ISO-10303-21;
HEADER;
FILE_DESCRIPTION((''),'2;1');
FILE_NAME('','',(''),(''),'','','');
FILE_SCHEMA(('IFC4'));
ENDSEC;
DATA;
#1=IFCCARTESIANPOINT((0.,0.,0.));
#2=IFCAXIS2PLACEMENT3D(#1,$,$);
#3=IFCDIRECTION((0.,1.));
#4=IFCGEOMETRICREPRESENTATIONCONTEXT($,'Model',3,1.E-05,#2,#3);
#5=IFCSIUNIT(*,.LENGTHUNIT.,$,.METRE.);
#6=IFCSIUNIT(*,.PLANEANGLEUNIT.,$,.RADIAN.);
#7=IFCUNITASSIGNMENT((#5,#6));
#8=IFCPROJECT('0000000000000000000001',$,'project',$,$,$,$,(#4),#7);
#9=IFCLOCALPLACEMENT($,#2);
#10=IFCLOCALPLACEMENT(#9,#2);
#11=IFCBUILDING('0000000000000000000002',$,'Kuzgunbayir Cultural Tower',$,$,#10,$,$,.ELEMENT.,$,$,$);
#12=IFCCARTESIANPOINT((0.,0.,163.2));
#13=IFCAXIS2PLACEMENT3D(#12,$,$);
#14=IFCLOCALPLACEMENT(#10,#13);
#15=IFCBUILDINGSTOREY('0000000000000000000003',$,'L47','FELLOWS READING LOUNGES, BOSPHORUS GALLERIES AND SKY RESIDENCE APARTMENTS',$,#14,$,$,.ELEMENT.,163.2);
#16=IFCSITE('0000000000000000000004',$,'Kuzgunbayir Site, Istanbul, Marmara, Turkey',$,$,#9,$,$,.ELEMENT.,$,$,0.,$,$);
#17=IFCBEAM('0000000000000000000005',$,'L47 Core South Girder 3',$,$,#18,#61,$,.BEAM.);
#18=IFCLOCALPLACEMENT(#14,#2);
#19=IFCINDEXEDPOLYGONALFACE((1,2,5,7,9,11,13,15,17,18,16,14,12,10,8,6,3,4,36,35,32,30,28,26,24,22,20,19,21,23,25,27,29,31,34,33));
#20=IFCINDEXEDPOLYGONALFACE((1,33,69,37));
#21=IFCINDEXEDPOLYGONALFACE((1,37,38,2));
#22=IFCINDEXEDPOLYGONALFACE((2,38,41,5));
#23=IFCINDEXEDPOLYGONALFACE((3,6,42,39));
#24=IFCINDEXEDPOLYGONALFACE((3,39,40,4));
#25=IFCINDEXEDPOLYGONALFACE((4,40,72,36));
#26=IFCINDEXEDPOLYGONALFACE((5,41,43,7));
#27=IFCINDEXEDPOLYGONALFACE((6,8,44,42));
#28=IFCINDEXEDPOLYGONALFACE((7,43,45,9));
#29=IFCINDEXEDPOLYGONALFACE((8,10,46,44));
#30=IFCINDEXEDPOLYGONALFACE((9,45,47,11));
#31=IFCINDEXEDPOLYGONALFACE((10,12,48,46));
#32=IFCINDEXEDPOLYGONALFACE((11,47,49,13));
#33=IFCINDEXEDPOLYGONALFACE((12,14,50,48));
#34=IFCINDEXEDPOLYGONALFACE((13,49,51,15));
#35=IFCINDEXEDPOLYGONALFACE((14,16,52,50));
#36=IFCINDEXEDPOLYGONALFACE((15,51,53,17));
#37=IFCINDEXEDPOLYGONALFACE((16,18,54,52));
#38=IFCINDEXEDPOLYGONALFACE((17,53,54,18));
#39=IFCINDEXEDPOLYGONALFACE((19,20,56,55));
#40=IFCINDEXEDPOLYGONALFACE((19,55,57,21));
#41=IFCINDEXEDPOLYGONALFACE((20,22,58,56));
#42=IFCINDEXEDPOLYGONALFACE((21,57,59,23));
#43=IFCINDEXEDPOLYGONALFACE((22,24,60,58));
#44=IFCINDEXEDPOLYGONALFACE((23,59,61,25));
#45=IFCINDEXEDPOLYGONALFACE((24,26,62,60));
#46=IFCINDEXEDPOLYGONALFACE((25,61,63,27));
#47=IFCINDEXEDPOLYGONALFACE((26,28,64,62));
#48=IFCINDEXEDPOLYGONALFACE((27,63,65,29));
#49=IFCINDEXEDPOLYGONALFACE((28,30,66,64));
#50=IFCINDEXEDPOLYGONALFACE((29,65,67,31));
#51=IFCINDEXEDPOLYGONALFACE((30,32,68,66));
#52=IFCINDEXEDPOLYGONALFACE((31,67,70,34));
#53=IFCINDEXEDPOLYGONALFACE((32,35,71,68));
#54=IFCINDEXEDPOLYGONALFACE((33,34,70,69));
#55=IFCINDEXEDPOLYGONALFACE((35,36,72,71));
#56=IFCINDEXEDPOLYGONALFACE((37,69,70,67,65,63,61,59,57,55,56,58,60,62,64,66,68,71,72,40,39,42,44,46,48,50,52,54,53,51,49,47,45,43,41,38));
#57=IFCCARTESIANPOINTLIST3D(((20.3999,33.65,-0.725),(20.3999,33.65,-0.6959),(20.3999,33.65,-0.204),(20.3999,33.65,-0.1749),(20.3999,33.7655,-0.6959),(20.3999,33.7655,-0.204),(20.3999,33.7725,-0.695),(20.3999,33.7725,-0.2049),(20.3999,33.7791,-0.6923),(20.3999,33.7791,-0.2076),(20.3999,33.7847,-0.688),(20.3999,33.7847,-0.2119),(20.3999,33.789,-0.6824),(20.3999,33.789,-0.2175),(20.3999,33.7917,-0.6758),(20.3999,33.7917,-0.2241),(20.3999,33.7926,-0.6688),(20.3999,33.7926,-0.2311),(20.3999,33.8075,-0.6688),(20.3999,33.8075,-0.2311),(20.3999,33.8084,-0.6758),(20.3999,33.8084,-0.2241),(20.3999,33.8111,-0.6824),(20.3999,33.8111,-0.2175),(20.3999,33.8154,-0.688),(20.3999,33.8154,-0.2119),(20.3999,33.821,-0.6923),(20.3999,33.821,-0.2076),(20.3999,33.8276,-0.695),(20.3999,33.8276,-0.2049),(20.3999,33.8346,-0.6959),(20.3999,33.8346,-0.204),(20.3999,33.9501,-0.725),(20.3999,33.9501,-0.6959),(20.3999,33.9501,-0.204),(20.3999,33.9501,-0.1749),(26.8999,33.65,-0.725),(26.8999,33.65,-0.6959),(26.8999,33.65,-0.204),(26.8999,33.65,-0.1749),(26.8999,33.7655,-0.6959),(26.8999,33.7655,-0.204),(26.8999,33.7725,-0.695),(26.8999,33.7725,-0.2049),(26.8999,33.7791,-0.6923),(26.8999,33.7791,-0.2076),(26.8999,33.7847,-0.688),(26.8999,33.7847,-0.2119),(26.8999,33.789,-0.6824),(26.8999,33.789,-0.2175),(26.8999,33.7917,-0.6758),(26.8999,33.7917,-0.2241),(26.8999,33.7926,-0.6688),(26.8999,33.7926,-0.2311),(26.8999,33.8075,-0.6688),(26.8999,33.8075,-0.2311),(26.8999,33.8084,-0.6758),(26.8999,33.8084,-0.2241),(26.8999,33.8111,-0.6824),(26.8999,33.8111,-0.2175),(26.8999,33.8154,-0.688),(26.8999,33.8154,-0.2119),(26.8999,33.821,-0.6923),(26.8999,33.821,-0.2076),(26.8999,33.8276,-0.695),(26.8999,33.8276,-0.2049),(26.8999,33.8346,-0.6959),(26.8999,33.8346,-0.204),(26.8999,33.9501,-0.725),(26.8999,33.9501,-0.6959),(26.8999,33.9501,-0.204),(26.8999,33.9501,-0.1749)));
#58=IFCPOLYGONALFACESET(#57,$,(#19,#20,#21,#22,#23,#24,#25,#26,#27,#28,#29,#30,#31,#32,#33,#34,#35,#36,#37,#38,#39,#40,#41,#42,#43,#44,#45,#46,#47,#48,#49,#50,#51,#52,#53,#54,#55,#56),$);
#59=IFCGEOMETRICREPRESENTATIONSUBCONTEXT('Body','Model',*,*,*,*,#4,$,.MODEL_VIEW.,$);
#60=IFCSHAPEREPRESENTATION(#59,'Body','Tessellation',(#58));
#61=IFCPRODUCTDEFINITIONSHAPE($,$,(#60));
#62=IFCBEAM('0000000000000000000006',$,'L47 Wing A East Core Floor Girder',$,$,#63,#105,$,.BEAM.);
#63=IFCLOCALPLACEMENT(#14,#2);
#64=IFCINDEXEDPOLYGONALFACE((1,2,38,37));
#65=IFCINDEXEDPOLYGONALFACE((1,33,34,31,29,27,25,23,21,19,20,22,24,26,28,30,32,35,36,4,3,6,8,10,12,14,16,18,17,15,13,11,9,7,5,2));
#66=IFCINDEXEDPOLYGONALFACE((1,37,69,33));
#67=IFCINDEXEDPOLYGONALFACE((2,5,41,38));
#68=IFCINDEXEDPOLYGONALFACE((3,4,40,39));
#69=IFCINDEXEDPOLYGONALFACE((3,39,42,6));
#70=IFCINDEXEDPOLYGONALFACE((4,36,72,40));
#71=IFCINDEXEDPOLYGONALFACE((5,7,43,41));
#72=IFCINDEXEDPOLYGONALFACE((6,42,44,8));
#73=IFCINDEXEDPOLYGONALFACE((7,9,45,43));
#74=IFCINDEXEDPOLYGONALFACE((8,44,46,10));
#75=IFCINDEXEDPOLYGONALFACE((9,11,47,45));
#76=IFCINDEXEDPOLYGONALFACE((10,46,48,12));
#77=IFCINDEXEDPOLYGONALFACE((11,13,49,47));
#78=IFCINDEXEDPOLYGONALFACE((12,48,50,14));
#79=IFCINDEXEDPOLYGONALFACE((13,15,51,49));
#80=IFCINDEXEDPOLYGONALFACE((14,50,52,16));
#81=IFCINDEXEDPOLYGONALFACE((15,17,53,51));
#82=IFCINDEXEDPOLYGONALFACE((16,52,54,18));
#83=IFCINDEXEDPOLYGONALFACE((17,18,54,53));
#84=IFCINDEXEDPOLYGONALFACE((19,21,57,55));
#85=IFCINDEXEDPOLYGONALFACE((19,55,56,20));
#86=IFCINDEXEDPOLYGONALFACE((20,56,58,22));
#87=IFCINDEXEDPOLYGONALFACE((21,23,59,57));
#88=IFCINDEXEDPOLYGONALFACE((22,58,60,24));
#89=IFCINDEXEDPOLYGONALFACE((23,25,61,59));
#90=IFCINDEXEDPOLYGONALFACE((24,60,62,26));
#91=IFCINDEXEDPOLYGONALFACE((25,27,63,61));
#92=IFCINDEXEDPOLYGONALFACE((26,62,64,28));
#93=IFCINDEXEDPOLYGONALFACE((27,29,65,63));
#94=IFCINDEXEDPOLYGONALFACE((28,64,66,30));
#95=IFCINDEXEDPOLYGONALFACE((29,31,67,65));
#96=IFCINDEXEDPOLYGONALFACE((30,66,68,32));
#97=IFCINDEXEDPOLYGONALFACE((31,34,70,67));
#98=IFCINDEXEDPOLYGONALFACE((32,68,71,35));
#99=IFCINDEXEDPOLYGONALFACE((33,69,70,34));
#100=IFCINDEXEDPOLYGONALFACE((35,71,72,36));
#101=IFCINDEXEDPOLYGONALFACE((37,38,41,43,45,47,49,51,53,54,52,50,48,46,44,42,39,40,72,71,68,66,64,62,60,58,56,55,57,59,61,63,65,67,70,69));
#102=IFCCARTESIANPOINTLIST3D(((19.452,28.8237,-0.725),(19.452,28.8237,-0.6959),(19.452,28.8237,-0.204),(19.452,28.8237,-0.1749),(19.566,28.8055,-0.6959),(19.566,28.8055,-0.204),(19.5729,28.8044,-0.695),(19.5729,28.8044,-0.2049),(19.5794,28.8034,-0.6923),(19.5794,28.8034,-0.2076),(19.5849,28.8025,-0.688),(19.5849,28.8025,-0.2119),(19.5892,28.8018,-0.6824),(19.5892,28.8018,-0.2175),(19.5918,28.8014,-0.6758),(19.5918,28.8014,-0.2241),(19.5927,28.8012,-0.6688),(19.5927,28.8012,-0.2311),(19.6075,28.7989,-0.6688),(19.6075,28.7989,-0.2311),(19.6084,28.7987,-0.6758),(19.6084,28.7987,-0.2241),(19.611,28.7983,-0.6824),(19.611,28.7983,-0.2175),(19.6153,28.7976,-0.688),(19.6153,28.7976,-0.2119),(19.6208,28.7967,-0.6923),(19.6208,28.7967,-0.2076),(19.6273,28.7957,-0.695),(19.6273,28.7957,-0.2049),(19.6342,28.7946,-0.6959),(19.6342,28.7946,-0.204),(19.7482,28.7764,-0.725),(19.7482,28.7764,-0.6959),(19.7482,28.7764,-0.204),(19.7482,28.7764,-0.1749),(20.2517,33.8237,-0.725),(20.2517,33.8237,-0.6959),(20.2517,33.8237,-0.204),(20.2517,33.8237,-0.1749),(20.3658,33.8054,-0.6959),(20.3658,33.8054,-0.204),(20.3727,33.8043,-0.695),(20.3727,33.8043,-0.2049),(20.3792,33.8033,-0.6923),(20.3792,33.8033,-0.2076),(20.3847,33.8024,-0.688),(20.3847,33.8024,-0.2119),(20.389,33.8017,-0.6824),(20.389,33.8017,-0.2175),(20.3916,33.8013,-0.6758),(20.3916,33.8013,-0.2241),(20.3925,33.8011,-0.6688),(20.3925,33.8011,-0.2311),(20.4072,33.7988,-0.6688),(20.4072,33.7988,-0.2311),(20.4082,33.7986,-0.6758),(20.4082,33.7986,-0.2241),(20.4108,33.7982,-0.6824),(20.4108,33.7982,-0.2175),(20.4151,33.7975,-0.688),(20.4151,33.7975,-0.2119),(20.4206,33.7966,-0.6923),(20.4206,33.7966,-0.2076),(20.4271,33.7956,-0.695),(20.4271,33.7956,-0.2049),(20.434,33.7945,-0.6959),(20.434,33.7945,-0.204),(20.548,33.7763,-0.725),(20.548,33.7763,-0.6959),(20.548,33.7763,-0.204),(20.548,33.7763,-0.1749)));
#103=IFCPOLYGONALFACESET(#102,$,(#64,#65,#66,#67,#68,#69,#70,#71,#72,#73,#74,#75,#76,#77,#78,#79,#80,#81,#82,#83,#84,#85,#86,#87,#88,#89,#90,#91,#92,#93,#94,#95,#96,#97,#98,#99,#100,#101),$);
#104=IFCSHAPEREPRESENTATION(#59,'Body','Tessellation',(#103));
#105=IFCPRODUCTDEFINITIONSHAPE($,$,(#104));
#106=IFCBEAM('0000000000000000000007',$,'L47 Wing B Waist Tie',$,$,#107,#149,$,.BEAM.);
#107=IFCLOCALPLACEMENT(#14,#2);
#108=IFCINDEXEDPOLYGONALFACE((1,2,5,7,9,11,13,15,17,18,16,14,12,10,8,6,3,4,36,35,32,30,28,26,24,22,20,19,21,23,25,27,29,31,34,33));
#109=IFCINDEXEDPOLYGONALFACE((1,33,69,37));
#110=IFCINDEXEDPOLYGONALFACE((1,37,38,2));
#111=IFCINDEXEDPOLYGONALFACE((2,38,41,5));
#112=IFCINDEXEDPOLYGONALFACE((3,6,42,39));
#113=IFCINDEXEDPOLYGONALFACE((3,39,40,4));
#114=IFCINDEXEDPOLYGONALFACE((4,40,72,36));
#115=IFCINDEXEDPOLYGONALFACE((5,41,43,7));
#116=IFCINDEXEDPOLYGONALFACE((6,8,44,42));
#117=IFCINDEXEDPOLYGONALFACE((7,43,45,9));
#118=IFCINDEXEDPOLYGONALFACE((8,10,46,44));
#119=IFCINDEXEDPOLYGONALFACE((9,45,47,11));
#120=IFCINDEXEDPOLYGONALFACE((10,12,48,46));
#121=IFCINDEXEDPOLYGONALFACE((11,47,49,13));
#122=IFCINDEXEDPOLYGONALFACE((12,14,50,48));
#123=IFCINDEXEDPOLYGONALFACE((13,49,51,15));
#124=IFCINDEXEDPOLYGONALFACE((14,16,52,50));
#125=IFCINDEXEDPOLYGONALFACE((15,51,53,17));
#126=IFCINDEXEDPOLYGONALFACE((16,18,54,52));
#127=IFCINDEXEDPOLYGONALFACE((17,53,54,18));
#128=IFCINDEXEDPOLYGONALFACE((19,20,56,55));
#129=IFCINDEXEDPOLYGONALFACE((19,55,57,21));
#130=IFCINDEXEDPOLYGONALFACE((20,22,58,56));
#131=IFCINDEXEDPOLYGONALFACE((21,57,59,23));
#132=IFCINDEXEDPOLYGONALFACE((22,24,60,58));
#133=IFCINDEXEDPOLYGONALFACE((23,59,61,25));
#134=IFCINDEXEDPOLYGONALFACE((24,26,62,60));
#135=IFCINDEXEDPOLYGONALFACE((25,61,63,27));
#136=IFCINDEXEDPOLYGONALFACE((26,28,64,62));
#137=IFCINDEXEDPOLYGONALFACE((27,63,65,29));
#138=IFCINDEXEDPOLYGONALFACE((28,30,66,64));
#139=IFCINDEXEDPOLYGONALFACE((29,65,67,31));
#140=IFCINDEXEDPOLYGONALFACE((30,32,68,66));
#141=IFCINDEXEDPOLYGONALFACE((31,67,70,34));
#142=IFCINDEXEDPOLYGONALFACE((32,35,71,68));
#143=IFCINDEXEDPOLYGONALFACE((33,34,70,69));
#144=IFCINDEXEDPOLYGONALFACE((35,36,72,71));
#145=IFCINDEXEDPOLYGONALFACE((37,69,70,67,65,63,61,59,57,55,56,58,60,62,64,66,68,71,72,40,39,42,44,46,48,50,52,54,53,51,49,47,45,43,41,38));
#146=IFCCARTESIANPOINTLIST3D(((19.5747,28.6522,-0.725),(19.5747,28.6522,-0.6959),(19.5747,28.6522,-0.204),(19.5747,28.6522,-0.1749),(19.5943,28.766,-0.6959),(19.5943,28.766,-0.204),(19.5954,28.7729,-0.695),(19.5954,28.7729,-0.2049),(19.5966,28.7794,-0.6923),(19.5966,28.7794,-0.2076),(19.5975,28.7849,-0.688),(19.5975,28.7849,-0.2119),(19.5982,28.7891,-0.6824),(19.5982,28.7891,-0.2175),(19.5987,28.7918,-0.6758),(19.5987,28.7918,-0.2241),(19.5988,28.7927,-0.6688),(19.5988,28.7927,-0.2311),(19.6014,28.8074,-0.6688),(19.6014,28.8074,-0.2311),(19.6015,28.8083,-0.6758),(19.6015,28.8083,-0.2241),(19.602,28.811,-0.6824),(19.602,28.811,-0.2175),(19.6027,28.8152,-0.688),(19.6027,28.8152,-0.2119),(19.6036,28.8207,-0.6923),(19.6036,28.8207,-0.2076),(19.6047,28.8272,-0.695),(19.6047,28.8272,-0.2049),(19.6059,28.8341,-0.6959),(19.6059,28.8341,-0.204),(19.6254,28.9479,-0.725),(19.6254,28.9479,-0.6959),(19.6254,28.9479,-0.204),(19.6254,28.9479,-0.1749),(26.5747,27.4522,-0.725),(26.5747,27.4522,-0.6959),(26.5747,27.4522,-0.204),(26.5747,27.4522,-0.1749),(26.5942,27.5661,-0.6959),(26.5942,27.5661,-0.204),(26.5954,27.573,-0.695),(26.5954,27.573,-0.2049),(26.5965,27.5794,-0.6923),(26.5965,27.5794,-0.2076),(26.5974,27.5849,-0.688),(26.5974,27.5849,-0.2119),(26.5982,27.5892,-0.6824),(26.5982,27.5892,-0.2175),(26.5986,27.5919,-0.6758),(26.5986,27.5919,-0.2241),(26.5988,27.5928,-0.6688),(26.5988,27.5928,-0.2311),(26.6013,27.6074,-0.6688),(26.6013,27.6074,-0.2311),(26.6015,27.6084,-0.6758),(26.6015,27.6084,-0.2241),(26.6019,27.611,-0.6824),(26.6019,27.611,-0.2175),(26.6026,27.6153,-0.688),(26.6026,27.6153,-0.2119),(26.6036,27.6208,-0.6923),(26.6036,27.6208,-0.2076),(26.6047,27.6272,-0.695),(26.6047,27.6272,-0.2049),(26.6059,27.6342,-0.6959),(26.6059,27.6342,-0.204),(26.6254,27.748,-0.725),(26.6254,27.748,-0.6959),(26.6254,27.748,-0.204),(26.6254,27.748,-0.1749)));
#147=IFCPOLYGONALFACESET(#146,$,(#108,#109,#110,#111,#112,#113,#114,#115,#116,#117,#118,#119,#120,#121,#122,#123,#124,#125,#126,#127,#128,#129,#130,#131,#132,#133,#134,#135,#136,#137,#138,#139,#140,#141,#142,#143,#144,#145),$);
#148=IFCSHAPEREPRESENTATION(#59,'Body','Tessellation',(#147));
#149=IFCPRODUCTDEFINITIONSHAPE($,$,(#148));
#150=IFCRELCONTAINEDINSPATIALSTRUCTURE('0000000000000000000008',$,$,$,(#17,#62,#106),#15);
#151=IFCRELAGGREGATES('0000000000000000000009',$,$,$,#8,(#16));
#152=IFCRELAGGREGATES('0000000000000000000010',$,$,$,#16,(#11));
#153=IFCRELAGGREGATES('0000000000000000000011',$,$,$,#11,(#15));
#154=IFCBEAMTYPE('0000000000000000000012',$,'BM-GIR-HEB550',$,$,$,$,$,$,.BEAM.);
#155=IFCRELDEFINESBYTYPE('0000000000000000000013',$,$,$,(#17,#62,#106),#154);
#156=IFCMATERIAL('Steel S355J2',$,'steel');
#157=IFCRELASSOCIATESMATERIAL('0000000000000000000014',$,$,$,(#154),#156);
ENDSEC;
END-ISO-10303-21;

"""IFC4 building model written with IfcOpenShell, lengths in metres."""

from ifc_helpers import new_model, si_unit, direction, frame, origin, origin_2d, place, context, subcontext, project, spatial, i_section, extrude, material, material_profile, profile_set, type_object, element, save


model = new_model("IFC4")

# Units and contexts
model_context = context("Model", 3, precision=1e-05, world=origin(), true_north=direction((0.0, 1.0)))
body_context = subcontext(model_context, "Body", "Model", "MODEL_VIEW")
ifc_project = project(units=[si_unit("LENGTHUNIT", "METRE"), si_unit("PLANEANGLEUNIT", "RADIAN")], contexts=[model_context])

# Site, building, storey
site_placement = place(None, origin())
site = spatial("IfcSite", under=ifc_project, at=site_placement, Name="Kuzgunbayir Site, Istanbul, Marmara, Turkey", CompositionType="ELEMENT", RefElevation=0.0)
building_placement = place(site_placement, origin())
building = spatial("IfcBuilding", under=site, at=building_placement, Name="Kuzgunbayir Cultural Tower", CompositionType="ELEMENT")
storey_placement = place(building_placement, frame((0.0, 0.0, 163.2)))
storey = spatial("IfcBuildingStorey", under=building, at=storey_placement, Name="L47", Description="FELLOWS READING LOUNGES, BOSPHORUS GALLERIES AND SKY RESIDENCE APARTMENTS", CompositionType="ELEMENT", Elevation=163.2)

# Beams
ifc_material_1 = material(Name="Steel S355J2", Category="steel")
ifc_material_profile_1 = material_profile(ifc_material_1, i_section(OverallWidth=0.3, OverallDepth=0.55, WebThickness=0.0149, FlangeThickness=0.0291, FilletRadius=0.0271, at=origin_2d()), Name="HEB 550")
ifc_profile_set_1 = profile_set([ifc_material_profile_1], Name="Steel S355J2")
beam_type_1 = type_object("IfcBeamType", Name="BM-GIR-HEB550", PredefinedType="BEAM", material=ifc_profile_set_1)
beam_1_placement = place(storey_placement, frame((20.3999, 33.8, -0.45), z_axis=(1.0, 0.0, 0.0), x_axis=(0.0, 1.0, 0.0)))
element("IfcBeam", 1, at=beam_1_placement, inside=storey, type_object=beam_type_1, Name="L47 Core South Girder 3", PredefinedType="BEAM", context=body_context, shape_type="SweptSolid", body=[
    extrude(i_section(OverallWidth=0.3, OverallDepth=0.55, WebThickness=0.0149, FlangeThickness=0.0291, FilletRadius=0.0271, at=origin_2d()), origin(), (0.0, 0.0, 1.0), 6.5),
])
beam_2_placement = place(storey_placement, frame((19.6001, 28.8, -0.45), z_axis=(0.157953, 0.987447, 0.0), x_axis=(-0.987447, 0.157953, 0.0)))
element("IfcBeam", 2, at=beam_2_placement, inside=storey, type_object=beam_type_1, Name="L47 Wing A East Core Floor Girder", PredefinedType="BEAM", context=body_context, shape_type="SweptSolid", body=[
    extrude(i_section(OverallWidth=0.3, OverallDepth=0.55, WebThickness=0.0149, FlangeThickness=0.0291, FilletRadius=0.0271, at=origin_2d()), origin(), (0.0, 0.0, 1.0), 5.0635),
])
beam_3_placement = place(storey_placement, frame((19.6001, 28.8, -0.45), z_axis=(0.985623, -0.168957, 0.0), x_axis=(0.168957, 0.985623, 0.0)))
element("IfcBeam", 3, at=beam_3_placement, inside=storey, type_object=beam_type_1, Name="L47 Wing B Waist Tie", PredefinedType="BEAM", context=body_context, shape_type="SweptSolid", body=[
    extrude(i_section(OverallWidth=0.3, OverallDepth=0.55, WebThickness=0.0149, FlangeThickness=0.0291, FilletRadius=0.0271, at=origin_2d()), origin(), (0.0, 0.0, 1.0), 7.1021),
])

save(model, "model.ifc")
